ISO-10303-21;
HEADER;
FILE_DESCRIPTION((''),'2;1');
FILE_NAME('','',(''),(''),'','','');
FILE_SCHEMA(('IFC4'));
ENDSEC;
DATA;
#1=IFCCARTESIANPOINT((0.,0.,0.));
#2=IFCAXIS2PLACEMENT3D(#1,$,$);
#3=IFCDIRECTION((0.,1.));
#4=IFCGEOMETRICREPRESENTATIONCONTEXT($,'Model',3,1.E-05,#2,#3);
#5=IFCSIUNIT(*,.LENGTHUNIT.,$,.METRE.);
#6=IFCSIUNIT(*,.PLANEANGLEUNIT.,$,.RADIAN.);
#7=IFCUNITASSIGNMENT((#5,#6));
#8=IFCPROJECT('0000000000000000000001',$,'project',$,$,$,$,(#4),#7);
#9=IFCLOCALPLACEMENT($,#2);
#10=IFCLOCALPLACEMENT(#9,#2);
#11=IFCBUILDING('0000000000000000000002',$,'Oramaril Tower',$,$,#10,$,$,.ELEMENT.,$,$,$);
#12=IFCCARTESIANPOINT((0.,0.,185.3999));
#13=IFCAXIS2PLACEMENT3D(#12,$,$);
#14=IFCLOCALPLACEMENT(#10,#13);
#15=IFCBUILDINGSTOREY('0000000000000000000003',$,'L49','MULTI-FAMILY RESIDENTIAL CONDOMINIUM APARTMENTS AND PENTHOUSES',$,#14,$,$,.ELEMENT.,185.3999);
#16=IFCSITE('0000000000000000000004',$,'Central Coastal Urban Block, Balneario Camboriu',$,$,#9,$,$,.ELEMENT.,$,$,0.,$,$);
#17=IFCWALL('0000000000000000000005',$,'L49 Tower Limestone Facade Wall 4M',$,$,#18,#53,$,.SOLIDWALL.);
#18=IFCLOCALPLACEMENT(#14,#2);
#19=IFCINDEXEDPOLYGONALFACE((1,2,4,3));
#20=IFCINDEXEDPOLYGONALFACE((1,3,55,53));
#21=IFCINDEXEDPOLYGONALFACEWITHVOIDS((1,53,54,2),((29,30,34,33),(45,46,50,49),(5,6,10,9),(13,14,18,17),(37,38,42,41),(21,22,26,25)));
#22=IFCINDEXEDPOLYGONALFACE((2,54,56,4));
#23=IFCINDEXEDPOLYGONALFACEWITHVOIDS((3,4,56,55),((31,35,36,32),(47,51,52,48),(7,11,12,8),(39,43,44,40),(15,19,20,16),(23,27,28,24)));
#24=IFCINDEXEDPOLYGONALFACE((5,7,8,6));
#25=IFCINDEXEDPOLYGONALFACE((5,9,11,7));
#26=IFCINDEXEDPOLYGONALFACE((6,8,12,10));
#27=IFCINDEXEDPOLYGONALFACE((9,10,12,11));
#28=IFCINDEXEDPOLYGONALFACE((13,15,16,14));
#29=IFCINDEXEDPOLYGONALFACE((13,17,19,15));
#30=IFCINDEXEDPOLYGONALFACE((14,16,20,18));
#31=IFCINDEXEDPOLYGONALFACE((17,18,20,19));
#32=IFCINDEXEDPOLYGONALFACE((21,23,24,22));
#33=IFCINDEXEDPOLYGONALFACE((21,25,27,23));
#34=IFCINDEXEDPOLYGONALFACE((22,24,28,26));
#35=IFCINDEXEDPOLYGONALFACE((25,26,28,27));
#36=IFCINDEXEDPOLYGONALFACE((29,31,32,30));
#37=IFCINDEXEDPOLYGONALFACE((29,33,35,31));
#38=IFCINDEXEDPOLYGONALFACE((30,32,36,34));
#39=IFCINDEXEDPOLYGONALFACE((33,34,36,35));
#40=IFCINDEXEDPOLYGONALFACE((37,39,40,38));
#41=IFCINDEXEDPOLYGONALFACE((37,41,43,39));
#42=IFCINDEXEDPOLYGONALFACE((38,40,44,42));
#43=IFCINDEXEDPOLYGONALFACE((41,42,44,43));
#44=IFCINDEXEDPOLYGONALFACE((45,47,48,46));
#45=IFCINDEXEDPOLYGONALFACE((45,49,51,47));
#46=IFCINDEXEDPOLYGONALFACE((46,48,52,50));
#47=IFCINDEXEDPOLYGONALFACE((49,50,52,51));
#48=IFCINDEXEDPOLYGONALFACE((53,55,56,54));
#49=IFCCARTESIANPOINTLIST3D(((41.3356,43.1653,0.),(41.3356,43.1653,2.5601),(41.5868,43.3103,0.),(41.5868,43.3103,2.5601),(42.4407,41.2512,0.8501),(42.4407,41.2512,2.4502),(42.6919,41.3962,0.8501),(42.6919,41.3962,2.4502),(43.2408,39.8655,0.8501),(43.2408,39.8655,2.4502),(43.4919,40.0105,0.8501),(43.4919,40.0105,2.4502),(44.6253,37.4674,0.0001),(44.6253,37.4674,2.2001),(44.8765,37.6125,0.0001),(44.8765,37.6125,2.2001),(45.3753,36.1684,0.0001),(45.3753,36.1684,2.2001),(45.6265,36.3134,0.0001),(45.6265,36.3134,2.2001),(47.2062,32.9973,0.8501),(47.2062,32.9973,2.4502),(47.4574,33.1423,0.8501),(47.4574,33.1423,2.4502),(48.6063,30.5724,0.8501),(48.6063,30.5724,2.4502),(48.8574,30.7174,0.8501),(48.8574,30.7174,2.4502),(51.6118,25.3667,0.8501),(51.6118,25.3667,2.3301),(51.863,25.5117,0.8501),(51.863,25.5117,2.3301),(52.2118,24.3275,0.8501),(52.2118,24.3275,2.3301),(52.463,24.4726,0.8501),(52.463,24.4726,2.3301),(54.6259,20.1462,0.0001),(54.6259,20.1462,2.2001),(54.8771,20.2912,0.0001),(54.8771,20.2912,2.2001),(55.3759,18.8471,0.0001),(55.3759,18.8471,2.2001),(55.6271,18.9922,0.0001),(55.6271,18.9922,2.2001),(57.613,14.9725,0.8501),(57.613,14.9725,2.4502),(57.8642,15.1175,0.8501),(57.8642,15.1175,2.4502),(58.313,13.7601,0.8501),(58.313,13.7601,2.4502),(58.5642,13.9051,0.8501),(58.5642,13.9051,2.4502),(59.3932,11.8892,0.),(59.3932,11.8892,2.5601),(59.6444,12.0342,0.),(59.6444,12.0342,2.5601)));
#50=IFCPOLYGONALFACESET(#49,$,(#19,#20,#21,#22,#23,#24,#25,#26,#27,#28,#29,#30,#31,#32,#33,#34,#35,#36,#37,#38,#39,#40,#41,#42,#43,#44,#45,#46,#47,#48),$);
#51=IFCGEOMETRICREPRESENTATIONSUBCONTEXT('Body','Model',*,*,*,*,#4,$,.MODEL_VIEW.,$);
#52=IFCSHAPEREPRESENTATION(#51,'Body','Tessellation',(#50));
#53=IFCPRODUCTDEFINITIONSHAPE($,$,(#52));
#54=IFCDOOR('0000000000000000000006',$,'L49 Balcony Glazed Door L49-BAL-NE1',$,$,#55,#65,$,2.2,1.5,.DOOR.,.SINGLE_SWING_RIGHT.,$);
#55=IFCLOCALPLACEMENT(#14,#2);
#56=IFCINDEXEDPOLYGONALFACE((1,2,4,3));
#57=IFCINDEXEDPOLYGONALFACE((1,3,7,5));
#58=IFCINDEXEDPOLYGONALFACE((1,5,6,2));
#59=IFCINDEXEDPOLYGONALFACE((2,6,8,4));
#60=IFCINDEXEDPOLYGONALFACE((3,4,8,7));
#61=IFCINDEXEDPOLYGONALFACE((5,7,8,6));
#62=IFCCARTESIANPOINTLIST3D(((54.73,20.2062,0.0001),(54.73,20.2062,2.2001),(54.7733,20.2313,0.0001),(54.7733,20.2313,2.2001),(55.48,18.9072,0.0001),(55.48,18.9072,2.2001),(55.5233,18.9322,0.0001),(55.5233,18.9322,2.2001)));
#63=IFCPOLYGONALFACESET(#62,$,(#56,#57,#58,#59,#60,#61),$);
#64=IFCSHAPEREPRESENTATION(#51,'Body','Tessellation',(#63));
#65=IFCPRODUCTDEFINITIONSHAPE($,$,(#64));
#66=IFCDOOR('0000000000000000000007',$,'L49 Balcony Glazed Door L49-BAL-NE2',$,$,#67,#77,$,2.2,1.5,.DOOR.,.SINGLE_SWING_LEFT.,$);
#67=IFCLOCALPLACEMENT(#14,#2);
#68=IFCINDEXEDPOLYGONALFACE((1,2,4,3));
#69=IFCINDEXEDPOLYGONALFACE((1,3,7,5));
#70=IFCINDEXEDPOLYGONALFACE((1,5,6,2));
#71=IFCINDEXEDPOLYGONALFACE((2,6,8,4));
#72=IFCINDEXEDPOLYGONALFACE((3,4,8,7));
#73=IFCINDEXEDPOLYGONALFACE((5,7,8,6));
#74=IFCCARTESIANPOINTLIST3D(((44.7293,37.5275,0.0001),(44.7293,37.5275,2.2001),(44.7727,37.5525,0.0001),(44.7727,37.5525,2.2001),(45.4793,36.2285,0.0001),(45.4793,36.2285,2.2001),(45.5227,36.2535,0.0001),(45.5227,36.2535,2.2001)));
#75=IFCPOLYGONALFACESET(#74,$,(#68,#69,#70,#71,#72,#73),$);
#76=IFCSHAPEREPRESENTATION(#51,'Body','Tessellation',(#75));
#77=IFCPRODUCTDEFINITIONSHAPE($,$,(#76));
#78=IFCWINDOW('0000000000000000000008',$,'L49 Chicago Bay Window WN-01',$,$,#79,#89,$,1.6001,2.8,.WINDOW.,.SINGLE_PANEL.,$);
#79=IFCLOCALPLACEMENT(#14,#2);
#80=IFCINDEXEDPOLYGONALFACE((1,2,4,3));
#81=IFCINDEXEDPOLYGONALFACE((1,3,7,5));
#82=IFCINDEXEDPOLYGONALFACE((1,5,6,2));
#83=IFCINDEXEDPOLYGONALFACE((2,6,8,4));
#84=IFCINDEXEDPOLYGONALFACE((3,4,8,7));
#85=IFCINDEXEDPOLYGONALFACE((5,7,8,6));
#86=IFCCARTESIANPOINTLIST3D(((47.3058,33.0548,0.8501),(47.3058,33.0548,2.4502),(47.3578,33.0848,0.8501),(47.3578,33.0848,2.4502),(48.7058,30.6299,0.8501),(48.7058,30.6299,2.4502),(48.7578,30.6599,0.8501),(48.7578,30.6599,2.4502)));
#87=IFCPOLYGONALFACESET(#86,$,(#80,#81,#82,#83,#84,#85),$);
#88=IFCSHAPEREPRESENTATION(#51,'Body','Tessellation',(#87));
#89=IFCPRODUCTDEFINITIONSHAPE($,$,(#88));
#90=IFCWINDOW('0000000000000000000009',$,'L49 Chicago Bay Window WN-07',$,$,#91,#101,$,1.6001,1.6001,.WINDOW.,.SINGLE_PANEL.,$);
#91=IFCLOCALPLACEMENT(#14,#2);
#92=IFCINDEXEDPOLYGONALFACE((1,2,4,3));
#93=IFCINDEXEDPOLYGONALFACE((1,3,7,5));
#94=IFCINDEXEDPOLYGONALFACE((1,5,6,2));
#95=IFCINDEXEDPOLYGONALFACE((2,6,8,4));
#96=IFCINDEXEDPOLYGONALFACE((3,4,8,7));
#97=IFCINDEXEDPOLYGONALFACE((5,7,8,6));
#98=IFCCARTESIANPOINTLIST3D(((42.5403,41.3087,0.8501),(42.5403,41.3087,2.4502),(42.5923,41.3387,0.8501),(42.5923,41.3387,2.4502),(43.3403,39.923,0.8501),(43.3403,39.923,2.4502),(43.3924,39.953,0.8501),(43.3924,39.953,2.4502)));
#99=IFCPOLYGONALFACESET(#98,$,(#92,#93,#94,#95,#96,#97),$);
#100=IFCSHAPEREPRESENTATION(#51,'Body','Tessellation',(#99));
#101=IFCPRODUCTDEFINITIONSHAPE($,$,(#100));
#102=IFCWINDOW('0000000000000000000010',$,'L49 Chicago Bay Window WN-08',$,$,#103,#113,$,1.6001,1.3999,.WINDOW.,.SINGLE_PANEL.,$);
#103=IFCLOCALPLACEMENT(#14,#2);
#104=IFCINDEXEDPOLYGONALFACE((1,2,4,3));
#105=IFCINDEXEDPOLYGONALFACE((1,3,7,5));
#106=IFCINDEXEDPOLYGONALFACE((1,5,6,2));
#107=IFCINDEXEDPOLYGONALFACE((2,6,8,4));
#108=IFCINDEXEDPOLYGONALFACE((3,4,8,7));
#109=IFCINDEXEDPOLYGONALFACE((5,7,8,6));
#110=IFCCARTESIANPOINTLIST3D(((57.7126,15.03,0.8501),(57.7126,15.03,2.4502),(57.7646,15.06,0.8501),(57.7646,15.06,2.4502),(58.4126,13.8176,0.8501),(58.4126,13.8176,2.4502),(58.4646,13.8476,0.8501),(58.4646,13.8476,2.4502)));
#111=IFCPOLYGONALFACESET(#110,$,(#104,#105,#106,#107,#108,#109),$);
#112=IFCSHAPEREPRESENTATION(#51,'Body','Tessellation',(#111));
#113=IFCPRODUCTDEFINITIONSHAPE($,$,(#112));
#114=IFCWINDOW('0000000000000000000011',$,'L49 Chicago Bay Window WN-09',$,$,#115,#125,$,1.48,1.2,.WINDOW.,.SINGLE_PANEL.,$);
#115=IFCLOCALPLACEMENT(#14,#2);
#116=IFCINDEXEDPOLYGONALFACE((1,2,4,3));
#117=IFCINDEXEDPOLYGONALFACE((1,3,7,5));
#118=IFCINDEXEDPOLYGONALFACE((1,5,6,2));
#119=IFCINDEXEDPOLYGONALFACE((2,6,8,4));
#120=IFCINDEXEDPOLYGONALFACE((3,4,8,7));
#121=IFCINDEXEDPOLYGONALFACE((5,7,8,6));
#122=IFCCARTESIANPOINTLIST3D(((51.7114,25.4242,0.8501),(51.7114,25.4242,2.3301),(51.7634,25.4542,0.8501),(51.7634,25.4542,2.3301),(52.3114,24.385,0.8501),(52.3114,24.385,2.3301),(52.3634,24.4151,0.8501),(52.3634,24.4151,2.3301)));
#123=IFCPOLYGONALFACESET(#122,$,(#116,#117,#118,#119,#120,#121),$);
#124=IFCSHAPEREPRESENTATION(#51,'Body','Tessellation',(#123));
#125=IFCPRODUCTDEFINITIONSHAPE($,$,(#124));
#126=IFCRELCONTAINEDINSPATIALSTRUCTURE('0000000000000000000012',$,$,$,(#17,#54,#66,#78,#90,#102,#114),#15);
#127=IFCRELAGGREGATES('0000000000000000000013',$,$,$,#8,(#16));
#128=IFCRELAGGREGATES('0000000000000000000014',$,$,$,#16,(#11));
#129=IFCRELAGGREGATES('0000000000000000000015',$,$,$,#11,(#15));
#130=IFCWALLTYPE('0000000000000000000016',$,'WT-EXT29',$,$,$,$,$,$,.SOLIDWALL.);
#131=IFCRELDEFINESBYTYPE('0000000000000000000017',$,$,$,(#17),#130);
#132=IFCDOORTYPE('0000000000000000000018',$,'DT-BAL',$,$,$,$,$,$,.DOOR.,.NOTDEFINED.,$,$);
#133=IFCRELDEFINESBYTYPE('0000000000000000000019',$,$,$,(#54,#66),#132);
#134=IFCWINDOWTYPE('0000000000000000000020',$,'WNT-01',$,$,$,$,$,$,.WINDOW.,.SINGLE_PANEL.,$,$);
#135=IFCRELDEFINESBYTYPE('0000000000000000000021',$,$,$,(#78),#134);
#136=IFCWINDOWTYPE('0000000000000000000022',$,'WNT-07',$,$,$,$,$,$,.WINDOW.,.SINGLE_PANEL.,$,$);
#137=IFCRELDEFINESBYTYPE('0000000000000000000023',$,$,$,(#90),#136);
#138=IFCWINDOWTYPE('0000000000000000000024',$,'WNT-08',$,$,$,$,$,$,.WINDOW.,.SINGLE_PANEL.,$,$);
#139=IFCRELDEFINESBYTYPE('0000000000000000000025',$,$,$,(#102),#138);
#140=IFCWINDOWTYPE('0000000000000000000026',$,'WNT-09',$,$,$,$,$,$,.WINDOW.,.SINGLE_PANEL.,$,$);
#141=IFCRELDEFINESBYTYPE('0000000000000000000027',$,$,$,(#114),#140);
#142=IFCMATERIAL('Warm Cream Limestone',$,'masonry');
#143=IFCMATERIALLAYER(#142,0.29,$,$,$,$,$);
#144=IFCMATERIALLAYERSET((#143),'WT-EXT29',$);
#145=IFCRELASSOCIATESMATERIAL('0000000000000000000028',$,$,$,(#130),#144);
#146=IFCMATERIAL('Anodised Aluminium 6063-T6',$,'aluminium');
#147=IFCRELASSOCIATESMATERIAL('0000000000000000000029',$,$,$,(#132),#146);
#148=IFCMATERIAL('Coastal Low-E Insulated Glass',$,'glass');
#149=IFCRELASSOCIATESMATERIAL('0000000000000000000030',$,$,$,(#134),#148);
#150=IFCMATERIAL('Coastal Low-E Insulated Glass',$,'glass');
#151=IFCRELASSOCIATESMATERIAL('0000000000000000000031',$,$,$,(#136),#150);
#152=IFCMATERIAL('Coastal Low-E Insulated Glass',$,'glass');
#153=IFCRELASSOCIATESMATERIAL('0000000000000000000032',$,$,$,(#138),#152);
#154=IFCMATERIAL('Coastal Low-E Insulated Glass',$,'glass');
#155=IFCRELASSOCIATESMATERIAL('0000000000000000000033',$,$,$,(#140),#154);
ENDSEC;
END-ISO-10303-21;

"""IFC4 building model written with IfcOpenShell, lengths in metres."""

from ifc_helpers import new_model, si_unit, direction, frame, frame_2d, origin, place, context, subcontext, project, spatial, rectangle, extrude, material, layer, layer_set, type_object, element, fill, save


model = new_model("IFC4")

# Units and contexts
model_context = context("Model", 3, precision=1e-05, world=origin(), true_north=direction((0.0, 1.0)))
body_context = subcontext(model_context, "Body", "Model", "MODEL_VIEW")
ifc_project = project(units=[si_unit("LENGTHUNIT", "METRE"), si_unit("PLANEANGLEUNIT", "RADIAN")], contexts=[model_context])

# Site, building, storey
site_placement = place(None, origin())
site = spatial("IfcSite", under=ifc_project, at=site_placement, Name="Central Coastal Urban Block, Balneario Camboriu", CompositionType="ELEMENT", RefElevation=0.0)
building_placement = place(site_placement, origin())
building = spatial("IfcBuilding", under=site, at=building_placement, Name="Oramaril Tower", CompositionType="ELEMENT")
storey_placement = place(building_placement, frame((0.0, 0.0, 185.3999)))
storey = spatial("IfcBuildingStorey", under=building, at=storey_placement, Name="L49", Description="MULTI-FAMILY RESIDENTIAL CONDOMINIUM APARTMENTS AND PENTHOUSES", CompositionType="ELEMENT", Elevation=185.3999)

# Wall, openings, doors, windows
ifc_material_1 = material(Name="Warm Cream Limestone", Category="masonry")
ifc_layer_1 = layer(ifc_material_1, 0.29)
ifc_layer_set_1 = layer_set([ifc_layer_1], Name="WT-EXT29")
wall_type_1 = type_object("IfcWallType", Name="WT-EXT29", PredefinedType="SOLIDWALL", material=ifc_layer_set_1)
wall_1_placement = place(storey_placement, frame((59.5188, 11.9617, 0.0), z_axis=(0.0, 0.0, 1.0), x_axis=(-0.500007, 0.866021, 0.0)))
wall_1 = element("IfcWall", 1, at=wall_1_placement, inside=storey, type_object=wall_type_1, Name="L49 Tower Limestone Facade Wall 4M", PredefinedType="SOLIDWALL", context=body_context, shape_type="SweptSolid", body=[
    extrude(rectangle(XDim=36.1147, YDim=0.29, at=frame_2d((18.0574, 0.0))), origin(), (0.0, 0.0, 1.0), 2.5601),
])
opening_1_placement = place(wall_1_placement, frame((8.0344, 0.0, 0.0)))
opening_1 = element("IfcOpeningElement", 2, at=opening_1_placement, cuts=wall_1, PredefinedType="OPENING", context=body_context, shape_type="SweptSolid", body=[
    extrude(rectangle(XDim=1.5, YDim=2.2, at=frame_2d((0.75, 1.1001))), frame((0.0, 0.145, 0.0), z_axis=(0.0, -1.0, 0.0), x_axis=(1.0, 0.0, 0.0)), (0.0, 0.0, 1.0), 0.29),
])
opening_2_placement = place(wall_1_placement, frame((28.0354, 0.0, 0.0)))
opening_2 = element("IfcOpeningElement", 3, at=opening_2_placement, cuts=wall_1, PredefinedType="OPENING", context=body_context, shape_type="SweptSolid", body=[
    extrude(rectangle(XDim=1.5, YDim=2.2, at=frame_2d((0.75, 1.1001))), frame((0.0, 0.145, 0.0), z_axis=(0.0, -1.0, 0.0), x_axis=(1.0, 0.0, 0.0)), (0.0, 0.0, 1.0), 0.29),
])
opening_3_placement = place(wall_1_placement, frame((2.1604, 0.0, 0.8501)))
opening_3 = element("IfcOpeningElement", 4, at=opening_3_placement, cuts=wall_1, PredefinedType="OPENING", context=body_context, shape_type="SweptSolid", body=[
    extrude(rectangle(XDim=1.3999, YDim=1.6001, at=frame_2d((0.7, 0.8))), frame((0.0, 0.145, 0.0), z_axis=(0.0, -1.0, 0.0), x_axis=(1.0, 0.0, 0.0)), (0.0, 0.0, 1.0), 0.29),
])
opening_4_placement = place(wall_1_placement, frame((14.3625, 0.0, 0.8501)))
opening_4 = element("IfcOpeningElement", 5, at=opening_4_placement, cuts=wall_1, PredefinedType="OPENING", context=body_context, shape_type="SweptSolid", body=[
    extrude(rectangle(XDim=1.2, YDim=1.48, at=frame_2d((0.6001, 0.74))), frame((0.0, 0.145, 0.0), z_axis=(0.0, -1.0, 0.0), x_axis=(1.0, 0.0, 0.0)), (0.0, 0.0, 1.0), 0.29),
])
opening_5_placement = place(wall_1_placement, frame((21.5737, 0.0, 0.8501)))
opening_5 = element("IfcOpeningElement", 6, at=opening_5_placement, cuts=wall_1, PredefinedType="OPENING", context=body_context, shape_type="SweptSolid", body=[
    extrude(rectangle(XDim=2.8, YDim=1.6001, at=frame_2d((1.3999, 0.8))), frame((0.0, 0.145, 0.0), z_axis=(0.0, -1.0, 0.0), x_axis=(1.0, 0.0, 0.0)), (0.0, 0.0, 1.0), 0.29),
])
opening_6_placement = place(wall_1_placement, frame((32.3044, 0.0, 0.8501)))
opening_6 = element("IfcOpeningElement", 7, at=opening_6_placement, cuts=wall_1, PredefinedType="OPENING", context=body_context, shape_type="SweptSolid", body=[
    extrude(rectangle(XDim=1.6001, YDim=1.6001, at=frame_2d((0.8, 0.8))), frame((0.0, 0.145, 0.0), z_axis=(0.0, -1.0, 0.0), x_axis=(1.0, 0.0, 0.0)), (0.0, 0.0, 1.0), 0.29),
])
ifc_material_2 = material(Name="Anodised Aluminium 6063-T6", Category="aluminium")
door_type_1 = type_object("IfcDoorType", Name="DT-BAL", OperationType="NOTDEFINED", PredefinedType="DOOR", material=ifc_material_2)
door_1_placement = place(opening_1_placement, origin())
door_1 = element("IfcDoor", 8, at=door_1_placement, inside=storey, type_object=door_type_1, Name="L49 Balcony Glazed Door L49-BAL-NE1", OperationType="SINGLE_SWING_RIGHT", OverallHeight=2.2, OverallWidth=1.5, PredefinedType="DOOR", context=body_context, shape_type="SweptSolid", body=[
    extrude(rectangle(XDim=1.5, YDim=2.2, at=frame_2d((0.75, 1.1001))), frame((0.0, 0.0249, 0.0), z_axis=(0.0, -1.0, 0.0), x_axis=(1.0, 0.0, 0.0)), (0.0, 0.0, 1.0), 0.05),
])
fill(opening_1, door_1)
door_2_placement = place(opening_2_placement, origin())
door_2 = element("IfcDoor", 9, at=door_2_placement, inside=storey, type_object=door_type_1, Name="L49 Balcony Glazed Door L49-BAL-NE2", OperationType="SINGLE_SWING_LEFT", OverallHeight=2.2, OverallWidth=1.5, PredefinedType="DOOR", context=body_context, shape_type="SweptSolid", body=[
    extrude(rectangle(XDim=1.5, YDim=2.2, at=frame_2d((0.75, 1.1001))), frame((0.0, 0.0249, 0.0), z_axis=(0.0, -1.0, 0.0), x_axis=(1.0, 0.0, 0.0)), (0.0, 0.0, 1.0), 0.05),
])
fill(opening_2, door_2)
ifc_material_3 = material(Name="Coastal Low-E Insulated Glass", Category="glass")
window_type_1 = type_object("IfcWindowType", Name="WNT-01", PartitioningType="SINGLE_PANEL", PredefinedType="WINDOW", material=ifc_material_3)
window_1_placement = place(opening_5_placement, origin())
window_1 = element("IfcWindow", 10, at=window_1_placement, inside=storey, type_object=window_type_1, Name="L49 Chicago Bay Window WN-01", OverallHeight=1.6001, OverallWidth=2.8, PartitioningType="SINGLE_PANEL", PredefinedType="WINDOW", context=body_context, shape_type="SweptSolid", body=[
    extrude(rectangle(XDim=2.8, YDim=1.6001, at=frame_2d((1.3999, 0.8))), frame((0.0, 0.03, 0.0), z_axis=(0.0, -1.0, 0.0), x_axis=(1.0, 0.0, 0.0)), (0.0, 0.0, 1.0), 0.0601),
])
fill(opening_5, window_1)
ifc_material_4 = material(Name="Coastal Low-E Insulated Glass", Category="glass")
window_type_2 = type_object("IfcWindowType", Name="WNT-07", PartitioningType="SINGLE_PANEL", PredefinedType="WINDOW", material=ifc_material_4)
window_2_placement = place(opening_6_placement, origin())
window_2 = element("IfcWindow", 11, at=window_2_placement, inside=storey, type_object=window_type_2, Name="L49 Chicago Bay Window WN-07", OverallHeight=1.6001, OverallWidth=1.6001, PartitioningType="SINGLE_PANEL", PredefinedType="WINDOW", context=body_context, shape_type="SweptSolid", body=[
    extrude(rectangle(XDim=1.6001, YDim=1.6001, at=frame_2d((0.8, 0.8))), frame((0.0, 0.03, 0.0), z_axis=(0.0, -1.0, 0.0), x_axis=(1.0, 0.0, 0.0)), (0.0, 0.0, 1.0), 0.0601),
])
fill(opening_6, window_2)
ifc_material_5 = material(Name="Coastal Low-E Insulated Glass", Category="glass")
window_type_3 = type_object("IfcWindowType", Name="WNT-08", PartitioningType="SINGLE_PANEL", PredefinedType="WINDOW", material=ifc_material_5)
window_3_placement = place(opening_3_placement, origin())
window_3 = element("IfcWindow", 12, at=window_3_placement, inside=storey, type_object=window_type_3, Name="L49 Chicago Bay Window WN-08", OverallHeight=1.6001, OverallWidth=1.3999, PartitioningType="SINGLE_PANEL", PredefinedType="WINDOW", context=body_context, shape_type="SweptSolid", body=[
    extrude(rectangle(XDim=1.3999, YDim=1.6001, at=frame_2d((0.7, 0.8))), frame((0.0, 0.03, 0.0), z_axis=(0.0, -1.0, 0.0), x_axis=(1.0, 0.0, 0.0)), (0.0, 0.0, 1.0), 0.0601),
])
fill(opening_3, window_3)
ifc_material_6 = material(Name="Coastal Low-E Insulated Glass", Category="glass")
window_type_4 = type_object("IfcWindowType", Name="WNT-09", PartitioningType="SINGLE_PANEL", PredefinedType="WINDOW", material=ifc_material_6)
window_4_placement = place(opening_4_placement, origin())
window_4 = element("IfcWindow", 13, at=window_4_placement, inside=storey, type_object=window_type_4, Name="L49 Chicago Bay Window WN-09", OverallHeight=1.48, OverallWidth=1.2, PartitioningType="SINGLE_PANEL", PredefinedType="WINDOW", context=body_context, shape_type="SweptSolid", body=[
    extrude(rectangle(XDim=1.2, YDim=1.48, at=frame_2d((0.6001, 0.74))), frame((0.0, 0.03, 0.0), z_axis=(0.0, -1.0, 0.0), x_axis=(1.0, 0.0, 0.0)), (0.0, 0.0, 1.0), 0.0601),
])
fill(opening_4, window_4)

save(model, "model.ifc")
